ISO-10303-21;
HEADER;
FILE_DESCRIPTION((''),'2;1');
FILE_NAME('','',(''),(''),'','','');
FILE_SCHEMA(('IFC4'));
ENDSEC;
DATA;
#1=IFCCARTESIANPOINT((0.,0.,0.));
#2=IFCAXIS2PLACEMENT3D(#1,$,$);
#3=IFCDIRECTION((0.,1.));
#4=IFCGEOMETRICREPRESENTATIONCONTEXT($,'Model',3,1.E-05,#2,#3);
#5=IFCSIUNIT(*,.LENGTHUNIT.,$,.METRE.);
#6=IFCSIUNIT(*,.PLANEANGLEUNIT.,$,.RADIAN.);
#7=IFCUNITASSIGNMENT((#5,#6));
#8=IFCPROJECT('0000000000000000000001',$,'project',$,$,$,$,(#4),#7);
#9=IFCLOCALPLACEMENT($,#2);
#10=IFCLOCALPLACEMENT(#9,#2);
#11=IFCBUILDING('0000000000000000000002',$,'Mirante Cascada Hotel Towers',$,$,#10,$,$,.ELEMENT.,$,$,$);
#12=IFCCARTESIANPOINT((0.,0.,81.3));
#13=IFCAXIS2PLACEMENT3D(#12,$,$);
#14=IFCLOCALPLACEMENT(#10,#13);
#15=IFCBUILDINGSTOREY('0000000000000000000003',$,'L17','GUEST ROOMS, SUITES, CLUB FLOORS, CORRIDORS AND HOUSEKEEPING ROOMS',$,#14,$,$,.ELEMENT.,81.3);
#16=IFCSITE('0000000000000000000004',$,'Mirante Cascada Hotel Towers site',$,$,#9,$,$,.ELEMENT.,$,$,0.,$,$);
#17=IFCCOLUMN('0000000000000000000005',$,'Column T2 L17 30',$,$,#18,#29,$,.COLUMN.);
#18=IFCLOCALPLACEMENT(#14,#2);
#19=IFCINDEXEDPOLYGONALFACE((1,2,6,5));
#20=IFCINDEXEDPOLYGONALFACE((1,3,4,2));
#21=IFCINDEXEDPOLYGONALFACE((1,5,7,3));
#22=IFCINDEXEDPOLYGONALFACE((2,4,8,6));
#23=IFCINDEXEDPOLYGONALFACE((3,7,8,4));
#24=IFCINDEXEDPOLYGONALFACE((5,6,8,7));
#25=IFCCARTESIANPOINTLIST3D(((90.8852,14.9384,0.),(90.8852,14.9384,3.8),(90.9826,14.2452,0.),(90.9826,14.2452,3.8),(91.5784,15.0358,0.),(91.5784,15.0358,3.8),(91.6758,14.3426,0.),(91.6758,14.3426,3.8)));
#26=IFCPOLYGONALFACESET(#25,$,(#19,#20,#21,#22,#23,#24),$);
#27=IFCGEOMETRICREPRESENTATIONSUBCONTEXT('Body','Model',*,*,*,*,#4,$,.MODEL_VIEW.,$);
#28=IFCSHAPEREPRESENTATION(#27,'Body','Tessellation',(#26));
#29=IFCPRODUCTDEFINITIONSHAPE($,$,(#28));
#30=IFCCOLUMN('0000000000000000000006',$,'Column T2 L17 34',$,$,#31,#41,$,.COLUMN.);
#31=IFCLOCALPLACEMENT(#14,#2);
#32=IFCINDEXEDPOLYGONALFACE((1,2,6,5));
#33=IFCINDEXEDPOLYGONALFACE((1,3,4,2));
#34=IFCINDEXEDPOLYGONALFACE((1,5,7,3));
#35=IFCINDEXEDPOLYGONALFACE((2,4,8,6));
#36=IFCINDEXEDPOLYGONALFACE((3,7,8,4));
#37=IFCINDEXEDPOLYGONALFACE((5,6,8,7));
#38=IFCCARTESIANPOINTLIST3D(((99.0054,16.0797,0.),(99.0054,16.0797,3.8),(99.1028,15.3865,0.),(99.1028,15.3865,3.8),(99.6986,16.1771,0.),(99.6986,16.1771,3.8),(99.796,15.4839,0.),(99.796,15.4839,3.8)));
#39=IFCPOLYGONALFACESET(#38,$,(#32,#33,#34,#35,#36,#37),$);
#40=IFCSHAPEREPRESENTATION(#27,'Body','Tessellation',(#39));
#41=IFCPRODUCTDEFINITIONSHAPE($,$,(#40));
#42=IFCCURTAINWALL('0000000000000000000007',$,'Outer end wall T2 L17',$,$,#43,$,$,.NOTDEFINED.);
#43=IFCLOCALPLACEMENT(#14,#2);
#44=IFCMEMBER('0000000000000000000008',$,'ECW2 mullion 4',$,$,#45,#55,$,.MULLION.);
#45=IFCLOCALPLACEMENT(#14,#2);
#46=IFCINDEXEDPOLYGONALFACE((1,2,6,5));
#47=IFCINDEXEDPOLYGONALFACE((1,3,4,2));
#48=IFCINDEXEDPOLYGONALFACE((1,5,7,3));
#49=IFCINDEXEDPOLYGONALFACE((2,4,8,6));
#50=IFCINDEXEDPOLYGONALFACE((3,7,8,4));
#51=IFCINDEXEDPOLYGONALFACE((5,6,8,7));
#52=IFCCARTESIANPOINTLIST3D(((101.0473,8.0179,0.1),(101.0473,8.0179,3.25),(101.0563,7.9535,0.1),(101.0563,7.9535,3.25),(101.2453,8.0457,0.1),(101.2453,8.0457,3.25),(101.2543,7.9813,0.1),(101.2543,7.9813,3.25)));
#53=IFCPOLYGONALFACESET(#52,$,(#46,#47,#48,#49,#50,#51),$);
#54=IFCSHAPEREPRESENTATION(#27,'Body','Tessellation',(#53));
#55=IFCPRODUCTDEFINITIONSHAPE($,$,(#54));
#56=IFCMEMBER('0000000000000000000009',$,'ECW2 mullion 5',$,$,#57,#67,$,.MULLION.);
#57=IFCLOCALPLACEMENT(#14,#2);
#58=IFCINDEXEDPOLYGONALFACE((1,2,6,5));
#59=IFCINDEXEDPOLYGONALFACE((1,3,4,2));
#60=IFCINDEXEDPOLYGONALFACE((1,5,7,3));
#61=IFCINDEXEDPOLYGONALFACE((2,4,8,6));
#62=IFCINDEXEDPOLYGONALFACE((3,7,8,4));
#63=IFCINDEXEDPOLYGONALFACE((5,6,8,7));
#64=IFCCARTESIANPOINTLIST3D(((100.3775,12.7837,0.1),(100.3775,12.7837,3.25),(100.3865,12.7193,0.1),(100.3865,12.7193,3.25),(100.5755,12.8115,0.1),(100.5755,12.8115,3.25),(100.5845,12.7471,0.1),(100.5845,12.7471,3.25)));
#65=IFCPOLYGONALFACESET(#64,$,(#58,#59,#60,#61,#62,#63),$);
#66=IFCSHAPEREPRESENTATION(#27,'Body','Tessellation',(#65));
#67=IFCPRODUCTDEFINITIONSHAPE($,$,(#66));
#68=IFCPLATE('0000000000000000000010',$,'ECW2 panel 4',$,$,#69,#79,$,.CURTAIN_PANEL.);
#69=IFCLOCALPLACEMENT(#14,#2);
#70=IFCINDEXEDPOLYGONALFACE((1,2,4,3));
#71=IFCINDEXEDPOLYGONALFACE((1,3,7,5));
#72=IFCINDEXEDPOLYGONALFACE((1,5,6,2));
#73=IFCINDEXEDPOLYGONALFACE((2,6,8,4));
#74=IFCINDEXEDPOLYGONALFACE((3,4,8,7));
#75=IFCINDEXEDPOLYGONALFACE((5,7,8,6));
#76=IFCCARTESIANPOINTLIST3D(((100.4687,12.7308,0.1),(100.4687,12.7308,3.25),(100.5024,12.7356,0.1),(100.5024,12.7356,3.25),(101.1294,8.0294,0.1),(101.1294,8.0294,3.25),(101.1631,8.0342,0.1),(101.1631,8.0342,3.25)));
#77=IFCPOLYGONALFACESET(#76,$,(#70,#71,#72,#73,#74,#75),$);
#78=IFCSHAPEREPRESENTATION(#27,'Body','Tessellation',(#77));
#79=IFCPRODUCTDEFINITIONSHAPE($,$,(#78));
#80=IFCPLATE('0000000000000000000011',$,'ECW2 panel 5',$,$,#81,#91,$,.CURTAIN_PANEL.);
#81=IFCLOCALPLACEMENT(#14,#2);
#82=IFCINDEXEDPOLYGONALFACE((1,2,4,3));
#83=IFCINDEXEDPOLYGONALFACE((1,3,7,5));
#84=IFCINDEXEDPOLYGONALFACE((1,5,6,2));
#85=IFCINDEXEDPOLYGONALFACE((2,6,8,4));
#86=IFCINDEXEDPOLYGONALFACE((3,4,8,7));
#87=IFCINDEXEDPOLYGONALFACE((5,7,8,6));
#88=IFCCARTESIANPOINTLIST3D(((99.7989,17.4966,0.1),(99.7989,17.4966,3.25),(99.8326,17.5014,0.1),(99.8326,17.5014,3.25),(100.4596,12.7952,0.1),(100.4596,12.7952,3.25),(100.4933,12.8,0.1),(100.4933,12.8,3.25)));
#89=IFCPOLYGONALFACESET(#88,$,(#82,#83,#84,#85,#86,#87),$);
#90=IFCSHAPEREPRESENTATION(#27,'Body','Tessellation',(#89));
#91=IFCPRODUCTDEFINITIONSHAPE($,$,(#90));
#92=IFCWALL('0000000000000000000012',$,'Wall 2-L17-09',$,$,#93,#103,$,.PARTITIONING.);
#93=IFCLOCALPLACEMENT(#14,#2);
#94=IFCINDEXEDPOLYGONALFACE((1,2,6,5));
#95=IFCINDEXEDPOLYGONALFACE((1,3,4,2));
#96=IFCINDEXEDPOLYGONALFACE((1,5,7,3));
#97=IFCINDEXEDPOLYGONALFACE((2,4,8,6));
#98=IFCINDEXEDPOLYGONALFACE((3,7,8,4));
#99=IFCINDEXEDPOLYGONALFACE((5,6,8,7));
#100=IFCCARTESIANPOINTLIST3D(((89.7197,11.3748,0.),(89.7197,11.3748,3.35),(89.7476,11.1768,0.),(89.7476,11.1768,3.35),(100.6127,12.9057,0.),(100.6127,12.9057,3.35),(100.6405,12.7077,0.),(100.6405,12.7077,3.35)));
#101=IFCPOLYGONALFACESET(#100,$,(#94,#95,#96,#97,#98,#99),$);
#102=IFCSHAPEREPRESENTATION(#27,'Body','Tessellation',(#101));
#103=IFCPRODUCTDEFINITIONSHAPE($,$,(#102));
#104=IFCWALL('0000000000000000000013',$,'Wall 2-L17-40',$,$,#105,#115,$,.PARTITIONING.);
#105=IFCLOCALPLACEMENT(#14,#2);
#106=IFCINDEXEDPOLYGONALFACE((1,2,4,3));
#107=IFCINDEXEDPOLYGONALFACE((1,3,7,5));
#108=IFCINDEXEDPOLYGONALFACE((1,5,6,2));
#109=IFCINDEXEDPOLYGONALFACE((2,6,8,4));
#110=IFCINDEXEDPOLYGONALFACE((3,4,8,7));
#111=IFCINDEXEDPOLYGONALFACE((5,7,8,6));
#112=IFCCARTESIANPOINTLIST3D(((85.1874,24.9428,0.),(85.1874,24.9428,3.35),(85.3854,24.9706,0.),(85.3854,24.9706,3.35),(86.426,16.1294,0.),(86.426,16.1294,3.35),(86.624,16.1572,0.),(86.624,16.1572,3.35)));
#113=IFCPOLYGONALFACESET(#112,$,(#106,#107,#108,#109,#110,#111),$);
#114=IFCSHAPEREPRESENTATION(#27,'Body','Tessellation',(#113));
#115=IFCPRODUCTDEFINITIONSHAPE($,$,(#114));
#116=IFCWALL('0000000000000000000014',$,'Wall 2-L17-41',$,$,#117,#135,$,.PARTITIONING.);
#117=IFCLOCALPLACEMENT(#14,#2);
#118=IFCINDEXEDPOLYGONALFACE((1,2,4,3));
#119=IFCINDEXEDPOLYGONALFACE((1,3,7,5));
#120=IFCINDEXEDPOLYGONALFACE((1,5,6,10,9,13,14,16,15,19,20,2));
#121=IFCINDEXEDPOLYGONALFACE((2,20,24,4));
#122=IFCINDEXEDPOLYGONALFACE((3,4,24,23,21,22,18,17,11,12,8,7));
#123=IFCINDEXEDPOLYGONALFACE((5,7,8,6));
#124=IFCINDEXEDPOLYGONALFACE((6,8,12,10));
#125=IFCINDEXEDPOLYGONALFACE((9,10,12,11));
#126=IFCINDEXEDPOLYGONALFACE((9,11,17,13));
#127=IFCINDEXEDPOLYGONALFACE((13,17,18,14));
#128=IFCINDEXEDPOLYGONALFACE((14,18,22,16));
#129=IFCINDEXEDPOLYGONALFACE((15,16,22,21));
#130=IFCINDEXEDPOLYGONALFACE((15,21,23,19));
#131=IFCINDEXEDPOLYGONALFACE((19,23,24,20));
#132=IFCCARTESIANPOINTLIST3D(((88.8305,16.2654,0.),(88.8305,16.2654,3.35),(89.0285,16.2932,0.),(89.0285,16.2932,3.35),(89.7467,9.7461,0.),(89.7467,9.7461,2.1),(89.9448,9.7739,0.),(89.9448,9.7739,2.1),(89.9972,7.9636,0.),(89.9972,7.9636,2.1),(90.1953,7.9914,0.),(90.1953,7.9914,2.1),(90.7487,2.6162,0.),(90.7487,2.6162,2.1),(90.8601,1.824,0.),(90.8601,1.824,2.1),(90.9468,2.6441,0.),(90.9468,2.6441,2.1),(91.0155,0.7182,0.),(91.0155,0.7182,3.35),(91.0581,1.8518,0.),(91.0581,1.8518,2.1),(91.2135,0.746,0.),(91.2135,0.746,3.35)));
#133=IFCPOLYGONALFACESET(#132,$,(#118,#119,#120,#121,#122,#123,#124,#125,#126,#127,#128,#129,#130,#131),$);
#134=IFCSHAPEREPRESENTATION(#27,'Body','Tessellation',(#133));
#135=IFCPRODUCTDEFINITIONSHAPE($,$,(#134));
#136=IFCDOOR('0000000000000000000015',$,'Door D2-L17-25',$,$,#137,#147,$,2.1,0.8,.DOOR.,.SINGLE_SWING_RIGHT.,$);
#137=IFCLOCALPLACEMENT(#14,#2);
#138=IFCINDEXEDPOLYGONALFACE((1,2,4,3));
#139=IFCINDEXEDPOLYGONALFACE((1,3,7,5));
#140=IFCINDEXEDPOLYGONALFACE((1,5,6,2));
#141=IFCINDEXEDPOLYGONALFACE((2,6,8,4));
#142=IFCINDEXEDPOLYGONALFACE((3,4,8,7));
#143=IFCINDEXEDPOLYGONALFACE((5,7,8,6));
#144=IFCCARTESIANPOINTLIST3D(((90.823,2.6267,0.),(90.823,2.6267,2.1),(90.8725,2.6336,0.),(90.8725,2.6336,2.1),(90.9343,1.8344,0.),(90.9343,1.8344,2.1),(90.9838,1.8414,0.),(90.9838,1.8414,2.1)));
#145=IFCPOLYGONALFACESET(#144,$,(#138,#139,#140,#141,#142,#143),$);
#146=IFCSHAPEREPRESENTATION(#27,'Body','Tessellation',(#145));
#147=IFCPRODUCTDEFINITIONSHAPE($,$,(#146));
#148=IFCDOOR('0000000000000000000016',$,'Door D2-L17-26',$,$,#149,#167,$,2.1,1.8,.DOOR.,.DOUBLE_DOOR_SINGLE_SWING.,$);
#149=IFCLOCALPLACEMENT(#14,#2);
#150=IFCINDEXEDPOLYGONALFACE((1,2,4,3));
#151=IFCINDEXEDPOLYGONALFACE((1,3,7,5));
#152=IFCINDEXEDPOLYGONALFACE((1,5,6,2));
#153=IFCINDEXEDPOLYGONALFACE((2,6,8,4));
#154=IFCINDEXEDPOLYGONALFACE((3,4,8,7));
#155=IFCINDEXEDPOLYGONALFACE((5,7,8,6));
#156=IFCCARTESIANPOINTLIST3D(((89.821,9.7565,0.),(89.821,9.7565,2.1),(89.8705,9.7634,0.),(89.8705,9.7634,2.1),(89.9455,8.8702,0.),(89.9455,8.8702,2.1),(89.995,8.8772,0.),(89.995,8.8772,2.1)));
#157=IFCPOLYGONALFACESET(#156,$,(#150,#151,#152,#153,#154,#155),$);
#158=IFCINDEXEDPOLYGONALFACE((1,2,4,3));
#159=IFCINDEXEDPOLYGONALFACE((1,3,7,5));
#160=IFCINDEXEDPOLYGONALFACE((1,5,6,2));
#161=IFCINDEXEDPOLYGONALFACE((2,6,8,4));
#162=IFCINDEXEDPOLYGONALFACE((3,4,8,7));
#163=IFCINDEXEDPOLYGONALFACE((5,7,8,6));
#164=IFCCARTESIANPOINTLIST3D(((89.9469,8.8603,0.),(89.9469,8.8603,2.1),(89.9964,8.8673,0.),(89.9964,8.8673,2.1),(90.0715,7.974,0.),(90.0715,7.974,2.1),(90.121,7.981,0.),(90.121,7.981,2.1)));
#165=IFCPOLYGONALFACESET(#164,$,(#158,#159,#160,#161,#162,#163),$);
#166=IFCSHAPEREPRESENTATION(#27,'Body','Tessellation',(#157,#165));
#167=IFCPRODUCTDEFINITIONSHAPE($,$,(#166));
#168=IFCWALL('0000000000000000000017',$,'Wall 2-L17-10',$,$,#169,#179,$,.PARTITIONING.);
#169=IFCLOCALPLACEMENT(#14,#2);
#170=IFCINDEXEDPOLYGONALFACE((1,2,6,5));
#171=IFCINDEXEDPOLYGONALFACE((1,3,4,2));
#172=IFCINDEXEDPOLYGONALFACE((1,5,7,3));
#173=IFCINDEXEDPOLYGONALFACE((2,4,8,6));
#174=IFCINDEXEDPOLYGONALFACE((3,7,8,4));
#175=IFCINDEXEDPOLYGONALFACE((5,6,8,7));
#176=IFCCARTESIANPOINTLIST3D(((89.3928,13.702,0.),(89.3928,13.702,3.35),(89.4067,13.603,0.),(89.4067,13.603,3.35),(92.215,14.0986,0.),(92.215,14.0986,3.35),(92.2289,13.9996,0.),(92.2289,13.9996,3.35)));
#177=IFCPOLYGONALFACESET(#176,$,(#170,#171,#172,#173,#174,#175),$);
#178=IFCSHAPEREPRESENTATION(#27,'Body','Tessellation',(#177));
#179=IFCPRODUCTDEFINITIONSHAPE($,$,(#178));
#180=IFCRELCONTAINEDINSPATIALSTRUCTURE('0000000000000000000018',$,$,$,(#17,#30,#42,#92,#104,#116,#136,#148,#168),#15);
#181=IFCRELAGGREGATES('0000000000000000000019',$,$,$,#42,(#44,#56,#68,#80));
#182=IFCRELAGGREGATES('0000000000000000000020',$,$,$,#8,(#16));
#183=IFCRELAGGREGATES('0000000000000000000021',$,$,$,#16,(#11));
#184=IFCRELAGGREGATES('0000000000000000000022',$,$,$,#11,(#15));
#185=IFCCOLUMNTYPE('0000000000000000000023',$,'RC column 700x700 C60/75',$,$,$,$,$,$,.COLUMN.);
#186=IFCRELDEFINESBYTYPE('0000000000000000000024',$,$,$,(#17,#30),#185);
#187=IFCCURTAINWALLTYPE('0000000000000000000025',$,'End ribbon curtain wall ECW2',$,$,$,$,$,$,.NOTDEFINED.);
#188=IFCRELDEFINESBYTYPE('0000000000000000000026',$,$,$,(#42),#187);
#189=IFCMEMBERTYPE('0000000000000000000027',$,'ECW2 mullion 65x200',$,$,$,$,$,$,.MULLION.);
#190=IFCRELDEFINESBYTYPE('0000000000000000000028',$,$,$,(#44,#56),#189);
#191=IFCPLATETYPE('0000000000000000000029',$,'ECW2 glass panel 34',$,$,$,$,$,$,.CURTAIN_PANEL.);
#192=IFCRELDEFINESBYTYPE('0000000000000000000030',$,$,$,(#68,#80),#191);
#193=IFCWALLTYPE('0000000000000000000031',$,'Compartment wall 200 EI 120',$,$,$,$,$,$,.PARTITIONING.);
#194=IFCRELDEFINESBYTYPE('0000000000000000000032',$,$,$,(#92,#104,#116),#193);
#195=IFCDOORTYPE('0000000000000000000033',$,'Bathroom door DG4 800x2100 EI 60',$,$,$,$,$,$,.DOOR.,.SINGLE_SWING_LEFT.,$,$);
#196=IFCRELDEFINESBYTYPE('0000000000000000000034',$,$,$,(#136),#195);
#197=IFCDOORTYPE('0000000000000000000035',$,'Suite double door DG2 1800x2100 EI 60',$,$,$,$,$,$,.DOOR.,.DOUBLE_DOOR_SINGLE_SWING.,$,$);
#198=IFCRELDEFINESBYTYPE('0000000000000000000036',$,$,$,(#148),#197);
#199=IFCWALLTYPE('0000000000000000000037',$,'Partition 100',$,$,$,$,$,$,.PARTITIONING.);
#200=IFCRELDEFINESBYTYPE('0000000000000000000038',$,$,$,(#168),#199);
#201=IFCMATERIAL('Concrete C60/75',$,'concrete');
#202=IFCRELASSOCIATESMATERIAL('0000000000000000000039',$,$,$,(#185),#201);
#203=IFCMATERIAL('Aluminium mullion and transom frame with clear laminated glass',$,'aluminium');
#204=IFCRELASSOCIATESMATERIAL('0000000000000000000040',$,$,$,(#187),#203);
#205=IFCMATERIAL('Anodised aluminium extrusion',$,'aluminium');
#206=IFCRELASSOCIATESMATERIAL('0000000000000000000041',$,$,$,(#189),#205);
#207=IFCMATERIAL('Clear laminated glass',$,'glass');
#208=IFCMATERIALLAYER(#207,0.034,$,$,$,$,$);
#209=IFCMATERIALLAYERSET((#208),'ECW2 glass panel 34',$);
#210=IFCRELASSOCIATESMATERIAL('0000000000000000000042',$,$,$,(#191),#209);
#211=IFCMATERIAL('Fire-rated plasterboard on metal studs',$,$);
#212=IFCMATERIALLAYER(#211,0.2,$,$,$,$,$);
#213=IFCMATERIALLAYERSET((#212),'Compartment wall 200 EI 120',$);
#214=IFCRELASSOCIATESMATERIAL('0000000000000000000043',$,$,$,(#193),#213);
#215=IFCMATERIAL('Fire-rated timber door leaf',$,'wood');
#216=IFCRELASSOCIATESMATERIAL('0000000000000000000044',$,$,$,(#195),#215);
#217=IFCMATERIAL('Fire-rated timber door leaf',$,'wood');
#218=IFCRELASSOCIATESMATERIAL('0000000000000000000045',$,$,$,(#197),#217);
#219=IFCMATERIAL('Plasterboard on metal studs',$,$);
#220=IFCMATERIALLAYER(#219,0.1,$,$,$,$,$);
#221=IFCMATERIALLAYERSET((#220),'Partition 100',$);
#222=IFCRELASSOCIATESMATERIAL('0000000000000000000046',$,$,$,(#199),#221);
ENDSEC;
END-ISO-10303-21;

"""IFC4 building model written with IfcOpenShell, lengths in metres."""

from ifc_helpers import new_model, si_unit, direction, frame, frame_2d, origin, origin_2d, place, context, subcontext, project, spatial, rectangle, extrude, material, layer, layer_set, material_profile, profile_set, type_object, element, fill, aggregate, save


model = new_model("IFC4")

# Units and contexts
model_context = context("Model", 3, precision=1e-05, world=origin(), true_north=direction((0.0, 1.0)))
body_context = subcontext(model_context, "Body", "Model", "MODEL_VIEW")
ifc_project = project(units=[si_unit("LENGTHUNIT", "METRE"), si_unit("PLANEANGLEUNIT", "RADIAN")], contexts=[model_context])

# Site, building, storey
site_placement = place(None, origin())
site = spatial("IfcSite", under=ifc_project, at=site_placement, Name="Mirante Cascada Hotel Towers site", CompositionType="ELEMENT", RefElevation=0.0)
building_placement = place(site_placement, origin())
building = spatial("IfcBuilding", under=site, at=building_placement, Name="Mirante Cascada Hotel Towers", CompositionType="ELEMENT")
storey_placement = place(building_placement, frame((0.0, 0.0, 81.3)))
storey = spatial("IfcBuildingStorey", under=building, at=storey_placement, Name="L17", Description="GUEST ROOMS, SUITES, CLUB FLOORS, CORRIDORS AND HOUSEKEEPING ROOMS", CompositionType="ELEMENT", Elevation=81.3)

# Columns
ifc_material_1 = material(Name="Concrete C60/75", Category="concrete")
ifc_material_profile_1 = material_profile(ifc_material_1, rectangle(XDim=0.7, YDim=0.7, at=origin_2d()), Name="RC column 700x700 C60/75")
ifc_profile_set_1 = profile_set([ifc_material_profile_1], Name="Concrete C60/75")
column_type = type_object("IfcColumnType", Name="RC column 700x700 C60/75", PredefinedType="COLUMN", material=ifc_profile_set_1)
for number, where, z_axis, x_axis, name in (
    (1, (91.2805, 14.6405, 0.0), (0.0, 0.0, 1.0), (0.990268, 0.139173, 0.0), "Column T2 L17 30"),
    (2, (99.4007, 15.7818, 0.0), (0.0, 0.0, 1.0), (0.990268, 0.139173, 0.0), "Column T2 L17 34"),
):
    element("IfcColumn", number, at=place(storey_placement, frame(where, z_axis=z_axis, x_axis=x_axis)), inside=storey, type_object=column_type, Name=name, PredefinedType="COLUMN", context=body_context, shape_type="SweptSolid", body=[
        extrude(rectangle(XDim=0.7, YDim=0.7, at=origin_2d()), origin(), (0.0, 0.0, 1.0), 3.8),
    ])

# Curtain wall, members, plates
ifc_material_2 = material(Name="Aluminium mullion and transom frame with clear laminated glass", Category="aluminium")
curtain_wall_type = type_object("IfcCurtainWallType", Name="End ribbon curtain wall ECW2", PredefinedType="NOTDEFINED", material=ifc_material_2)
curtain_wall_placement = place(storey_placement, origin())
curtain_wall = element("IfcCurtainWall", 3, at=curtain_wall_placement, inside=storey, type_object=curtain_wall_type, Name="Outer end wall T2 L17", PredefinedType="NOTDEFINED")
ifc_material_3 = material(Name="Anodised aluminium extrusion", Category="aluminium")
ifc_material_profile_2 = material_profile(ifc_material_3, rectangle(XDim=0.2, YDim=0.065, at=origin_2d()), Name="ECW2 MULLION 65x200")
ifc_profile_set_2 = profile_set([ifc_material_profile_2], Name="Anodised aluminium extrusion")
member_type = type_object("IfcMemberType", Name="ECW2 mullion 65x200", PredefinedType="MULLION", material=ifc_profile_set_2)
member_1_placement = place(storey_placement, frame((101.1508, 7.9996, 0.1), z_axis=(0.0, 0.0, 1.0), x_axis=(-0.990268, -0.139173, 0.0)))
member_1 = element("IfcMember", 4, at=member_1_placement, type_object=member_type, Name="ECW2 mullion 4", PredefinedType="MULLION", context=body_context, shape_type="SweptSolid", body=[
    extrude(rectangle(XDim=0.2, YDim=0.065, at=origin_2d()), origin(), (0.0, 0.0, 1.0), 3.15),
])
member_2_placement = place(storey_placement, frame((100.481, 12.7654, 0.1), z_axis=(0.0, 0.0, 1.0), x_axis=(-0.990268, -0.139173, 0.0)))
member_2 = element("IfcMember", 5, at=member_2_placement, type_object=member_type, Name="ECW2 mullion 5", PredefinedType="MULLION", context=body_context, shape_type="SweptSolid", body=[
    extrude(rectangle(XDim=0.2, YDim=0.065, at=origin_2d()), origin(), (0.0, 0.0, 1.0), 3.15),
])
ifc_material_4 = material(Name="Clear laminated glass", Category="glass")
ifc_layer_1 = layer(ifc_material_4, 0.034)
ifc_layer_set_1 = layer_set([ifc_layer_1], Name="ECW2 glass panel 34")
plate_type = type_object("IfcPlateType", Name="ECW2 glass panel 34", PredefinedType="CURTAIN_PANEL", material=ifc_layer_set_1)
plate_1_placement = place(storey_placement, frame((100.8159, 10.3825, 0.1), z_axis=(0.0, 0.0, 1.0), x_axis=(-0.139173, 0.990268, 0.0)))
plate_1 = element("IfcPlate", 6, at=plate_1_placement, type_object=plate_type, Name="ECW2 panel 4", PredefinedType="CURTAIN_PANEL", context=body_context, shape_type="SweptSolid", body=[
    extrude(rectangle(XDim=4.7476, YDim=0.034, at=origin_2d()), origin(), (0.0, 0.0, 1.0), 3.15),
])
plate_2_placement = place(storey_placement, frame((100.1461, 15.1483, 0.1), z_axis=(0.0, 0.0, 1.0), x_axis=(-0.139173, 0.990268, 0.0)))
plate_2 = element("IfcPlate", 7, at=plate_2_placement, type_object=plate_type, Name="ECW2 panel 5", PredefinedType="CURTAIN_PANEL", context=body_context, shape_type="SweptSolid", body=[
    extrude(rectangle(XDim=4.7476, YDim=0.034, at=origin_2d()), origin(), (0.0, 0.0, 1.0), 3.15),
])
aggregate(curtain_wall, [member_1, member_2, plate_1, plate_2])

# Walls
ifc_material_5 = material(Name="Fire-rated plasterboard on metal studs")
ifc_layer_2 = layer(ifc_material_5, 0.2)
ifc_layer_set_2 = layer_set([ifc_layer_2], Name="Compartment wall 200 EI 120")
wall_type_1 = type_object("IfcWallType", Name="Compartment wall 200 EI 120", PredefinedType="PARTITIONING", material=ifc_layer_set_2)
wall_1_placement = place(storey_placement, frame((100.6266, 12.8067, 0.0), z_axis=(0.0, 0.0, 1.0), x_axis=(-0.990268, -0.139173, 0.0)))
element("IfcWall", 8, at=wall_1_placement, inside=storey, type_object=wall_type_1, Name="Wall 2-L17-09", PredefinedType="PARTITIONING", context=body_context, shape_type="SweptSolid", body=[
    extrude(rectangle(XDim=11.0, YDim=0.2, at=frame_2d((5.5, 0.0))), origin(), (0.0, 0.0, 1.0), 3.35),
])
wall_2_placement = place(storey_placement, frame((86.525, 16.1433, 0.0), z_axis=(0.0, 0.0, 1.0), x_axis=(-0.139168, 0.990269, 0.0)))
element("IfcWall", 9, at=wall_2_placement, inside=storey, type_object=wall_type_1, Name="Wall 2-L17-40", PredefinedType="PARTITIONING", context=body_context, shape_type="SweptSolid", body=[
    extrude(rectangle(XDim=8.9, YDim=0.2, at=frame_2d((4.45, 0.0))), origin(), (0.0, 0.0, 1.0), 3.35),
])

# Wall, openings, doors
wall_3_placement = place(storey_placement, frame((88.9295, 16.2793, 0.0), z_axis=(0.0, 0.0, 1.0), x_axis=(0.139172, -0.990268, 0.0)))
wall_3 = element("IfcWall", 10, at=wall_3_placement, inside=storey, type_object=wall_type_1, Name="Wall 2-L17-41", PredefinedType="PARTITIONING", context=body_context, shape_type="SweptSolid", body=[
    extrude(rectangle(XDim=15.7, YDim=0.2, at=frame_2d((7.85, 0.0))), origin(), (0.0, 0.0, 1.0), 3.35),
])
opening_1_placement = place(wall_3_placement, frame((13.7833, 0.0, 0.0)))
opening_1 = element("IfcOpeningElement", 11, at=opening_1_placement, cuts=wall_3, PredefinedType="OPENING", context=body_context, shape_type="SweptSolid", body=[
    extrude(rectangle(XDim=0.8, YDim=2.1, at=frame_2d((0.4, 1.05))), frame((0.0, 0.1, 0.0), z_axis=(0.0, -1.0, 0.0), x_axis=(1.0, 0.0, 0.0)), (0.0, 0.0, 1.0), 0.2),
])
opening_2_placement = place(wall_3_placement, frame((6.5834, 0.0, 0.0)))
opening_2 = element("IfcOpeningElement", 12, at=opening_2_placement, cuts=wall_3, PredefinedType="OPENING", context=body_context, shape_type="SweptSolid", body=[
    extrude(rectangle(XDim=1.8, YDim=2.1, at=frame_2d((0.9, 1.05))), frame((0.0, 0.1, 0.0), z_axis=(0.0, -1.0, 0.0), x_axis=(1.0, 0.0, 0.0)), (0.0, 0.0, 1.0), 0.2),
])
ifc_material_6 = material(Name="Fire-rated timber door leaf", Category="wood")
door_type_1 = type_object("IfcDoorType", Name="Bathroom door DG4 800x2100 EI 60", OperationType="SINGLE_SWING_LEFT", PredefinedType="DOOR", material=ifc_material_6)
door_1_placement = place(opening_1_placement, frame((0.8, 0.0, 0.0), z_axis=(0.0, 0.0, 1.0), x_axis=(-1.0, 0.0, 0.0)))
door_1 = element("IfcDoor", 13, at=door_1_placement, inside=storey, type_object=door_type_1, Name="Door D2-L17-25", OperationType="SINGLE_SWING_RIGHT", OverallHeight=2.1, OverallWidth=0.8, PredefinedType="DOOR", context=body_context, shape_type="SweptSolid", body=[
    extrude(rectangle(XDim=0.8, YDim=2.1, at=frame_2d((0.4, 1.05))), frame((0.0, 0.025, 0.0), z_axis=(0.0, -1.0, 0.0), x_axis=(1.0, 0.0, 0.0)), (0.0, 0.0, 1.0), 0.05),
])
fill(opening_1, door_1)
ifc_material_7 = material(Name="Fire-rated timber door leaf", Category="wood")
door_type_2 = type_object("IfcDoorType", Name="Suite double door DG2 1800x2100 EI 60", OperationType="DOUBLE_DOOR_SINGLE_SWING", PredefinedType="DOOR", material=ifc_material_7)
door_2_placement = place(opening_2_placement, origin())
door_2 = element("IfcDoor", 14, at=door_2_placement, inside=storey, type_object=door_type_2, Name="Door D2-L17-26", OperationType="DOUBLE_DOOR_SINGLE_SWING", OverallHeight=2.1, OverallWidth=1.8, PredefinedType="DOOR", context=body_context, shape_type="SweptSolid", body=[
    extrude(rectangle(XDim=0.895, YDim=2.1, at=frame_2d((0.4475, 1.05))), frame((0.0, 0.025, 0.0), z_axis=(0.0, -1.0, 0.0), x_axis=(1.0, 0.0, 0.0)), (0.0, 0.0, 1.0), 0.05),
    extrude(rectangle(XDim=0.895, YDim=2.1, at=frame_2d((1.3525, 1.05))), frame((0.0, 0.025, 0.0), z_axis=(0.0, -1.0, 0.0), x_axis=(1.0, 0.0, 0.0)), (0.0, 0.0, 1.0), 0.05),
])
fill(opening_2, door_2)

# Wall
ifc_material_8 = material(Name="Plasterboard on metal studs")
ifc_layer_3 = layer(ifc_material_8, 0.1)
ifc_layer_set_3 = layer_set([ifc_layer_3], Name="Partition 100")
wall_type_2 = type_object("IfcWallType", Name="Partition 100", PredefinedType="PARTITIONING", material=ifc_layer_set_3)
wall_4_placement = place(storey_placement, frame((89.3997, 13.6525, 0.0), z_axis=(0.0, 0.0, 1.0), x_axis=(0.99027, 0.139161, 0.0)))
element("IfcWall", 15, at=wall_4_placement, inside=storey, type_object=wall_type_2, Name="Wall 2-L17-10", PredefinedType="PARTITIONING", context=body_context, shape_type="SweptSolid", body=[
    extrude(rectangle(XDim=2.8499, YDim=0.1, at=frame_2d((1.425, 0.0))), origin(), (0.0, 0.0, 1.0), 3.35),
])

save(model, "model.ifc")
